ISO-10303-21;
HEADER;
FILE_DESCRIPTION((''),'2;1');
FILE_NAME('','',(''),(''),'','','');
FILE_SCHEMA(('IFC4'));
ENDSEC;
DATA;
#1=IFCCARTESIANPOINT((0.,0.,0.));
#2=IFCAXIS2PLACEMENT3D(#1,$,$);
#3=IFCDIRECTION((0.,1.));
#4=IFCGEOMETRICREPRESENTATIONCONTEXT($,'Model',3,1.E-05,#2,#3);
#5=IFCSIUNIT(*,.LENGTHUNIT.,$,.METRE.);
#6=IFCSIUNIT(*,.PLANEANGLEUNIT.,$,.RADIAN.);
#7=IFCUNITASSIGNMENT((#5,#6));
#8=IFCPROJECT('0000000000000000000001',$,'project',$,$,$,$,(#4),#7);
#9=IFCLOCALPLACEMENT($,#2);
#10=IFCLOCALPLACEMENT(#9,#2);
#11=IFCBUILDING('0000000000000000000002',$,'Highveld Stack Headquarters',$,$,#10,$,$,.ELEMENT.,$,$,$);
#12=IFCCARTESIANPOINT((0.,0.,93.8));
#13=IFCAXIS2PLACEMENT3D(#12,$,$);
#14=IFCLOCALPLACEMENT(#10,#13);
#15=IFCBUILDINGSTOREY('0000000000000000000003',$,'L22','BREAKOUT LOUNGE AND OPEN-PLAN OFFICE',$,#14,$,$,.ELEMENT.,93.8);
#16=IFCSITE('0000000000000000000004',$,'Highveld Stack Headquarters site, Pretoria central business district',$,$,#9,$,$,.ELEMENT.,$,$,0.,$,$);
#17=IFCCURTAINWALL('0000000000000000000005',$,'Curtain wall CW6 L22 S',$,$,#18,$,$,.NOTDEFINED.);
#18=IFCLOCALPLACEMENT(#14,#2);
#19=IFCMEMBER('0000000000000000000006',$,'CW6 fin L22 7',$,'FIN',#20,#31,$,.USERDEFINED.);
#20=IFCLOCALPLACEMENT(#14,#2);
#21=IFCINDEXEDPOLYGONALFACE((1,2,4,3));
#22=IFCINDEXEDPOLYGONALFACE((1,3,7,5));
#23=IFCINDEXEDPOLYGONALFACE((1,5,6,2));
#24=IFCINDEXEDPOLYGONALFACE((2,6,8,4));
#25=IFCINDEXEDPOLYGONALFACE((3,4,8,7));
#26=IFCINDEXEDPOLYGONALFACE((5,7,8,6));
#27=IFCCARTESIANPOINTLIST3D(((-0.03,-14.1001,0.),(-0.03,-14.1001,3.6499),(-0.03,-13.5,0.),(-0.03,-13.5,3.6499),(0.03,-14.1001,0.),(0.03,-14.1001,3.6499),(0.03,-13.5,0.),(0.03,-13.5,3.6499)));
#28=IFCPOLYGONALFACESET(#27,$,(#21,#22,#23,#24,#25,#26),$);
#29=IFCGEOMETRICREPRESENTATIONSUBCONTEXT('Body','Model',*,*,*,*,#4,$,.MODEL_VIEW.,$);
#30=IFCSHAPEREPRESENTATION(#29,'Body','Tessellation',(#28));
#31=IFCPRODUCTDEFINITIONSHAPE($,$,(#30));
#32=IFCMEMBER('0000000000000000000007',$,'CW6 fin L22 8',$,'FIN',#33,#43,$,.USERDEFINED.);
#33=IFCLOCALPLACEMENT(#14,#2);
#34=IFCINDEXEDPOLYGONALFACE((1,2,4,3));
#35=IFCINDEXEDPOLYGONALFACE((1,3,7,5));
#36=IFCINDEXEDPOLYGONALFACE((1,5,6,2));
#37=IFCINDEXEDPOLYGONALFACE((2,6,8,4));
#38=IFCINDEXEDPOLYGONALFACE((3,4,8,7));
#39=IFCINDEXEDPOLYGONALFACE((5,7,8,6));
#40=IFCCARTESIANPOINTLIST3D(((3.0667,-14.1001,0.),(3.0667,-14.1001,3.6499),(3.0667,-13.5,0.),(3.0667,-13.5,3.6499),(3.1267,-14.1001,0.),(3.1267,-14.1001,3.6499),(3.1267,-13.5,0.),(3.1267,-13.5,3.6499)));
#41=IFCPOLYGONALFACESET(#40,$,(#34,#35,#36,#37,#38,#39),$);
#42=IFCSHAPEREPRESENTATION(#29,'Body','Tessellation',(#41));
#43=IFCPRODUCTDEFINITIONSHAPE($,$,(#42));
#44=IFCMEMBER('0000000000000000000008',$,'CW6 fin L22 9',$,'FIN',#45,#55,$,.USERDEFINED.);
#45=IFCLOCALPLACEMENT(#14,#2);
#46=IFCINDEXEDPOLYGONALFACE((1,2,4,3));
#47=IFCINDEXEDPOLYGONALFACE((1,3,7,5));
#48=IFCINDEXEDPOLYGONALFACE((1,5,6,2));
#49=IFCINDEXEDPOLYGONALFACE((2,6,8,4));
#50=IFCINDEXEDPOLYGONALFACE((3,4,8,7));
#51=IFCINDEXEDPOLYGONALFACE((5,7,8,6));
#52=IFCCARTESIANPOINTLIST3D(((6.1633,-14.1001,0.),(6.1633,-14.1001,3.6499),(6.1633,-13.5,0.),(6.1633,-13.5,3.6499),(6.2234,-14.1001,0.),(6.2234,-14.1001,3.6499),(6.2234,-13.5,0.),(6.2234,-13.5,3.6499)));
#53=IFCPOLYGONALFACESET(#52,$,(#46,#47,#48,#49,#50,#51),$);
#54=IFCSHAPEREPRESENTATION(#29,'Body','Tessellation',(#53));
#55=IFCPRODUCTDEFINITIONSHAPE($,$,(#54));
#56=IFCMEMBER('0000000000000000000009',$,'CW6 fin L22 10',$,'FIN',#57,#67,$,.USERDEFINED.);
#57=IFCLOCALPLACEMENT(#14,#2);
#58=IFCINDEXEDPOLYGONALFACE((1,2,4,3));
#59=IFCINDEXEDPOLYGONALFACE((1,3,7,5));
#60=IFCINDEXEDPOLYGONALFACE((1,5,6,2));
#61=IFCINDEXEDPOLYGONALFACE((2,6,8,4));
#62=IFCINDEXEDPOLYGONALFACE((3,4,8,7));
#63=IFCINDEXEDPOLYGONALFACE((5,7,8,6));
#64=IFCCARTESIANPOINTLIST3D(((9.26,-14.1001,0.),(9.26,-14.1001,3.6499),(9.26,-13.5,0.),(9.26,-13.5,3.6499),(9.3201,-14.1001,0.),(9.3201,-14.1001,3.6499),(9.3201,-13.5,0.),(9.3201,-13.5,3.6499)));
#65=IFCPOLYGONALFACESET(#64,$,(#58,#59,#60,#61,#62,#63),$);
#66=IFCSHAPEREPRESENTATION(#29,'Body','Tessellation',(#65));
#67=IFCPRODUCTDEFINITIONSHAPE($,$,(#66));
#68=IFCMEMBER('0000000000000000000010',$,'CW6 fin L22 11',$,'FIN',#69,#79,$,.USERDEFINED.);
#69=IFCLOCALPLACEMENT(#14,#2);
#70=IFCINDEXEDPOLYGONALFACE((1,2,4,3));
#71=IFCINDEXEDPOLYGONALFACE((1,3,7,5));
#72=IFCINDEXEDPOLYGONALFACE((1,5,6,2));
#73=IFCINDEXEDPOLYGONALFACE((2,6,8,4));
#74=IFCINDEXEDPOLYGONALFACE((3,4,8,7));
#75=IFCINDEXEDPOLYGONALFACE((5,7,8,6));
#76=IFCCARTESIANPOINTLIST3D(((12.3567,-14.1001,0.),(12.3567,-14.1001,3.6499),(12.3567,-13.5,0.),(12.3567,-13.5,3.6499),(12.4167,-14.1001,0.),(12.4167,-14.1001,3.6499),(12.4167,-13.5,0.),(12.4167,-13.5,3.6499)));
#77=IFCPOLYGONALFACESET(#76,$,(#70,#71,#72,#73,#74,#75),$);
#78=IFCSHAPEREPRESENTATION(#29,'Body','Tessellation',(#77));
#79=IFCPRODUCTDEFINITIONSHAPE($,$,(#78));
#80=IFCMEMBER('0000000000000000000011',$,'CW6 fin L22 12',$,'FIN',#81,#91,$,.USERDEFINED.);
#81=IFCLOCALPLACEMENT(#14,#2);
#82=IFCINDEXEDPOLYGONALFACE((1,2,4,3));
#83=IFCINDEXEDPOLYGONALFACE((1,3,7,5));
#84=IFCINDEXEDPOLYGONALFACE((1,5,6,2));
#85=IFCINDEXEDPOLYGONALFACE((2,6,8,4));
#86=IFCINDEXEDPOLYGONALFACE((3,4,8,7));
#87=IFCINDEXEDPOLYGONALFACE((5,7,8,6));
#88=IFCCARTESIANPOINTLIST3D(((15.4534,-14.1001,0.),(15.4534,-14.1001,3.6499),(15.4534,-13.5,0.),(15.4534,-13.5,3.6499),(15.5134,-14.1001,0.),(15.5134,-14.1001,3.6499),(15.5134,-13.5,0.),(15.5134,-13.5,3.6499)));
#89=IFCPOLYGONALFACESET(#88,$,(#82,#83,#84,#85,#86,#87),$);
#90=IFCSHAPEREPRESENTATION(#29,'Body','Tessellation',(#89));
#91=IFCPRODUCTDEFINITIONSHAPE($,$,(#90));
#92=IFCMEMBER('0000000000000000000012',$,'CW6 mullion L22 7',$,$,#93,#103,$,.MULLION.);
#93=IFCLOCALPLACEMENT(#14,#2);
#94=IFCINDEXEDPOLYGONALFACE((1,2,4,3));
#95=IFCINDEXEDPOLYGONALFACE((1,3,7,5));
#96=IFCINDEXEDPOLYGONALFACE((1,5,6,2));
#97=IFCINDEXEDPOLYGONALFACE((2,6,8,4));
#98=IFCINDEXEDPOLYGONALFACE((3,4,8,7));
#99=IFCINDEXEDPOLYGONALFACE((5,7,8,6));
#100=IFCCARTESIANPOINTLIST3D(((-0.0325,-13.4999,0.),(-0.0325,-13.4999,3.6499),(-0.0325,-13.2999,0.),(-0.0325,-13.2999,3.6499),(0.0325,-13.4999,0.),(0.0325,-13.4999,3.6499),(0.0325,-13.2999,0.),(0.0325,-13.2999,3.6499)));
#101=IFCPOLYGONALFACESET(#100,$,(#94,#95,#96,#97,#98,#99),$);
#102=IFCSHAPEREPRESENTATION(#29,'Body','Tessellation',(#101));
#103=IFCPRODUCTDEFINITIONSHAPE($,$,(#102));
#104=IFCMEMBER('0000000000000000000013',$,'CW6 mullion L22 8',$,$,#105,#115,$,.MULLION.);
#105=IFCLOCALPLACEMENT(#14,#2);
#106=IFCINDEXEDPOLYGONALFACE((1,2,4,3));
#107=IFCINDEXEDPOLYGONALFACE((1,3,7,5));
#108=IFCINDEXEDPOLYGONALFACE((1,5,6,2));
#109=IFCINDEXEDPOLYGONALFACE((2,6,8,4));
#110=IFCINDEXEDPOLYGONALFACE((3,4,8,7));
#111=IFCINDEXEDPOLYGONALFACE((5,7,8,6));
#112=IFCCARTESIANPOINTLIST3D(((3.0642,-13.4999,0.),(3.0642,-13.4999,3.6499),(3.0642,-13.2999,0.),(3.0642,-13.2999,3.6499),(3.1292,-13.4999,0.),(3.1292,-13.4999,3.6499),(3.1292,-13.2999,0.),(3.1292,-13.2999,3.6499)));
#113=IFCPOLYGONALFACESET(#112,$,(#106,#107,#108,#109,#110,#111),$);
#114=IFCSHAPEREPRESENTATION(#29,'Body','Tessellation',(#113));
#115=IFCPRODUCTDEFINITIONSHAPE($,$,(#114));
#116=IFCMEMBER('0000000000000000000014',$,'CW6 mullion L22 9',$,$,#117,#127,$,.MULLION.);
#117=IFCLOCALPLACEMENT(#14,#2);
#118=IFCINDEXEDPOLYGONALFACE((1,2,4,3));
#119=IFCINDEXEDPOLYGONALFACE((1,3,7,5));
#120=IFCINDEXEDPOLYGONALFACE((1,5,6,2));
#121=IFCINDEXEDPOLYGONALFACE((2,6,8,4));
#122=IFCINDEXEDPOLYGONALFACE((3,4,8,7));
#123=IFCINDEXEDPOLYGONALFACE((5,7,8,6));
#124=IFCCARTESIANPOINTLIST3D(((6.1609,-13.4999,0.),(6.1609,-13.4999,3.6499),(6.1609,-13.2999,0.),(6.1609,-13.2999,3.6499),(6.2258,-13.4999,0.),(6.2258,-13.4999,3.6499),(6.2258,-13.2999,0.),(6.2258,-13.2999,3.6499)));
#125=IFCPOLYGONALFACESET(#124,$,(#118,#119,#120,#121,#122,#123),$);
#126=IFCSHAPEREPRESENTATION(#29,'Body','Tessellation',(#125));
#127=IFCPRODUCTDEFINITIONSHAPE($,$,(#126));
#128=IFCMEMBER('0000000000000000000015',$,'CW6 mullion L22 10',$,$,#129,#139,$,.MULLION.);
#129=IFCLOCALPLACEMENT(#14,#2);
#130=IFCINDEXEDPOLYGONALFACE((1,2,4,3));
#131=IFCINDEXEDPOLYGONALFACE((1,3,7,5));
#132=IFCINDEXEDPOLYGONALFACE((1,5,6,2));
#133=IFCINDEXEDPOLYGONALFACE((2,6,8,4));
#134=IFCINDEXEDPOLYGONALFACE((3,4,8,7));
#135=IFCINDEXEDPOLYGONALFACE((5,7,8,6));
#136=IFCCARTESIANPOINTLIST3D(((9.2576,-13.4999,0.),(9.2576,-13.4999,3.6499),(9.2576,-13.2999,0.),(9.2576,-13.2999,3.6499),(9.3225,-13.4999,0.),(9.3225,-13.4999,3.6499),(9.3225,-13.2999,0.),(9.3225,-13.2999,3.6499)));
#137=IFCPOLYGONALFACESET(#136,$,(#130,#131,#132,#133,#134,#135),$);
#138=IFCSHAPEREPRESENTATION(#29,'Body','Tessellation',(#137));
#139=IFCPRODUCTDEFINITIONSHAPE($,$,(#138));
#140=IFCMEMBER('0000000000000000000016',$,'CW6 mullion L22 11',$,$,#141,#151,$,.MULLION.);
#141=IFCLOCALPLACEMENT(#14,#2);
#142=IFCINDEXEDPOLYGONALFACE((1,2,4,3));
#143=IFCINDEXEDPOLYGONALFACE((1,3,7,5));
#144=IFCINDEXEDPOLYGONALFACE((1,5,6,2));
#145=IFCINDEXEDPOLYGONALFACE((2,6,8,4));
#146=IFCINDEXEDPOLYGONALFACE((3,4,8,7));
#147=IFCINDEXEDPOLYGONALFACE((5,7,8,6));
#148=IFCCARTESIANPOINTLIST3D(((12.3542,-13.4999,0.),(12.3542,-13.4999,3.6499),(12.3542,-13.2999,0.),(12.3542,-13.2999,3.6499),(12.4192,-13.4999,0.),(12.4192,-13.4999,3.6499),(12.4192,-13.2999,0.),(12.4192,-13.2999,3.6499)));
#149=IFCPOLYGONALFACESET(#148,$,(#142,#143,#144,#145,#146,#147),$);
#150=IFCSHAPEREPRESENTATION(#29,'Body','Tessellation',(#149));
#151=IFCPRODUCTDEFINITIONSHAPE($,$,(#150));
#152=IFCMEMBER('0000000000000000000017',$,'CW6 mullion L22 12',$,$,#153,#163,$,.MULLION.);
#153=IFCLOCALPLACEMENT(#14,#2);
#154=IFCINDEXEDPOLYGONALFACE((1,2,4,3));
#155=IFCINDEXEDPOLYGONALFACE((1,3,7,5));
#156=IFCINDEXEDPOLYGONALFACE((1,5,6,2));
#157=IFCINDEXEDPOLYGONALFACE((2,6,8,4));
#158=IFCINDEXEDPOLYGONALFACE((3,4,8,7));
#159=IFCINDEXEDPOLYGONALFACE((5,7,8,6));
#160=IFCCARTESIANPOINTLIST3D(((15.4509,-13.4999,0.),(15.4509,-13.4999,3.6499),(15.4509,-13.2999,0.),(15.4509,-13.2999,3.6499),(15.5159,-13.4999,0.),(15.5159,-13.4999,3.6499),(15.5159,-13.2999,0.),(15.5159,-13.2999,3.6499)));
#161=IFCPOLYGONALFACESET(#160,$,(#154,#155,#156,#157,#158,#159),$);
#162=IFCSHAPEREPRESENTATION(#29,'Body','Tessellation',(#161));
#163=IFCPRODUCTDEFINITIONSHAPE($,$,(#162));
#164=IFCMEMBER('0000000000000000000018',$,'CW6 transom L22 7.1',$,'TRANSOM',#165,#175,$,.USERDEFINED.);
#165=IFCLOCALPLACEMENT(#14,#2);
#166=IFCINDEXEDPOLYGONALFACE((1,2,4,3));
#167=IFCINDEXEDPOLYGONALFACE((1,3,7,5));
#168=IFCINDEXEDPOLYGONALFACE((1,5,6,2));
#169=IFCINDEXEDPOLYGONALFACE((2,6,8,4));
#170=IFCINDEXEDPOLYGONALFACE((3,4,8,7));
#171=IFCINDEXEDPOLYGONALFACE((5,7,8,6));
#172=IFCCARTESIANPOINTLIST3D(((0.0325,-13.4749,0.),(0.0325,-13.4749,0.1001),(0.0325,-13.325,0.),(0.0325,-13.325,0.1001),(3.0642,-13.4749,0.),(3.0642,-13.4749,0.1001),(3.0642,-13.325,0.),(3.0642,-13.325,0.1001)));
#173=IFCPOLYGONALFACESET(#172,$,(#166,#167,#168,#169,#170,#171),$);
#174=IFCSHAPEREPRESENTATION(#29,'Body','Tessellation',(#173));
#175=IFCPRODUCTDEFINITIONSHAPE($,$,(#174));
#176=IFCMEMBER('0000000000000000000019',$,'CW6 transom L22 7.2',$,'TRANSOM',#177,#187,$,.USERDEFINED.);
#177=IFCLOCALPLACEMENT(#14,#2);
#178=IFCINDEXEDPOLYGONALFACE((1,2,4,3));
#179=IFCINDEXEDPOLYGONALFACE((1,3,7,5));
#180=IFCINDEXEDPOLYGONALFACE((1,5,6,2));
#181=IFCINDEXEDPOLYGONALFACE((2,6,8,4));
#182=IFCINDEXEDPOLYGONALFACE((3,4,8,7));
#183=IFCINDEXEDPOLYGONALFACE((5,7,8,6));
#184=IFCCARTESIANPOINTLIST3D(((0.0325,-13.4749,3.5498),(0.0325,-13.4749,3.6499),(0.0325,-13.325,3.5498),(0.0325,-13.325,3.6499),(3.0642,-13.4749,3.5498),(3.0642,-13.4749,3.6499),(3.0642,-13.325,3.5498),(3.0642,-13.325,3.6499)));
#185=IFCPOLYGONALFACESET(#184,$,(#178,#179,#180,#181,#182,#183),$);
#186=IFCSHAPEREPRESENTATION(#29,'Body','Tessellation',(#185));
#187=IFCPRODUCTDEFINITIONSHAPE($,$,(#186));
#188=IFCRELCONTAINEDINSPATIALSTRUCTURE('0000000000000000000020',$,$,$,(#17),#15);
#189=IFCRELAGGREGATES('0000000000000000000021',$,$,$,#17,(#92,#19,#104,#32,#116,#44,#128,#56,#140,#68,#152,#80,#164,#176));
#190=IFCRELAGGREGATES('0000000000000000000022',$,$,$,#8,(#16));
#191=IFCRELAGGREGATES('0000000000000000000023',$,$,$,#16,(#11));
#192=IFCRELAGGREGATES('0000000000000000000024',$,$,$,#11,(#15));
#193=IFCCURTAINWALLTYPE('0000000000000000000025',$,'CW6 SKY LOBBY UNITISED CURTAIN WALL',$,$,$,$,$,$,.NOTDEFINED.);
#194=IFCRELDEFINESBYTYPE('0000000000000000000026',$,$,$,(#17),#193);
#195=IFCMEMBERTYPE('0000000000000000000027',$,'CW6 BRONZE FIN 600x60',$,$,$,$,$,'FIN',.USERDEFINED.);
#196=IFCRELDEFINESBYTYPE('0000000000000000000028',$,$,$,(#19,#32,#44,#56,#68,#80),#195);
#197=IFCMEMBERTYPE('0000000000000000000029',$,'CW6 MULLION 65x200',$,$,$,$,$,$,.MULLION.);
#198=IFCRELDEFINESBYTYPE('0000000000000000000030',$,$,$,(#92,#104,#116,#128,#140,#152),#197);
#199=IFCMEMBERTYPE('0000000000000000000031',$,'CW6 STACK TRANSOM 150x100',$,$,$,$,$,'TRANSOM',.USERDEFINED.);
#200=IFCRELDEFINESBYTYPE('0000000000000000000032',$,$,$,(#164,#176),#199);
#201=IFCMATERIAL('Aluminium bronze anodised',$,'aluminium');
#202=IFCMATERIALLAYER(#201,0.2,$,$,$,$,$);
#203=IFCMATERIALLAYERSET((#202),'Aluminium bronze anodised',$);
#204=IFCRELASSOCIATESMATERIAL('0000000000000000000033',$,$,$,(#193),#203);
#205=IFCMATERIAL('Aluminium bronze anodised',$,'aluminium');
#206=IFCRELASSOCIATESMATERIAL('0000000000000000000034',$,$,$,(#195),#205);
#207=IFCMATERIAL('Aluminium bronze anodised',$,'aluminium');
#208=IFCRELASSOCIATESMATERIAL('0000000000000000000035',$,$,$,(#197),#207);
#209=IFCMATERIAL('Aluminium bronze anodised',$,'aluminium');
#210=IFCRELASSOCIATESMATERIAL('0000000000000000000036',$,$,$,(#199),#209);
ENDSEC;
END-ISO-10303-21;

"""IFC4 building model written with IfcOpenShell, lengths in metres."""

from ifc_helpers import new_model, si_unit, direction, frame, origin, origin_2d, place, context, subcontext, project, spatial, rectangle, extrude, material, layer, layer_set, material_profile, profile_set, type_object, element, aggregate, save


model = new_model("IFC4")

# Units and contexts
model_context = context("Model", 3, precision=1e-05, world=origin(), true_north=direction((0.0, 1.0)))
body_context = subcontext(model_context, "Body", "Model", "MODEL_VIEW")
ifc_project = project(units=[si_unit("LENGTHUNIT", "METRE"), si_unit("PLANEANGLEUNIT", "RADIAN")], contexts=[model_context])

# Site, building, storey
site_placement = place(None, origin())
site = spatial("IfcSite", under=ifc_project, at=site_placement, Name="Highveld Stack Headquarters site, Pretoria central business district", CompositionType="ELEMENT", RefElevation=0.0)
building_placement = place(site_placement, origin())
building = spatial("IfcBuilding", under=site, at=building_placement, Name="Highveld Stack Headquarters", CompositionType="ELEMENT")
storey_placement = place(building_placement, frame((0.0, 0.0, 93.8)))
storey = spatial("IfcBuildingStorey", under=building, at=storey_placement, Name="L22", Description="BREAKOUT LOUNGE AND OPEN-PLAN OFFICE", CompositionType="ELEMENT", Elevation=93.8)

# Curtain wall, members
ifc_material_1 = material(Name="Aluminium bronze anodised", Category="aluminium")
ifc_layer_1 = layer(ifc_material_1, 0.2)
ifc_layer_set_1 = layer_set([ifc_layer_1], Name="Aluminium bronze anodised")
curtain_wall_type = type_object("IfcCurtainWallType", Name="CW6 SKY LOBBY UNITISED CURTAIN WALL", PredefinedType="NOTDEFINED", material=ifc_layer_set_1)
curtain_wall_placement = place(storey_placement, origin())
curtain_wall = element("IfcCurtainWall", 1, at=curtain_wall_placement, inside=storey, type_object=curtain_wall_type, Name="Curtain wall CW6 L22 S", PredefinedType="NOTDEFINED")
ifc_material_2 = material(Name="Aluminium bronze anodised", Category="aluminium")
ifc_material_profile_1 = material_profile(ifc_material_2, rectangle(XDim=0.6001, YDim=0.0601, at=origin_2d()), Name="FIN 600x60")
ifc_profile_set_1 = profile_set([ifc_material_profile_1], Name="Aluminium bronze anodised")
member_type_1 = type_object("IfcMemberType", Name="CW6 BRONZE FIN 600x60", ElementType="FIN", PredefinedType="USERDEFINED", material=ifc_profile_set_1)
member_1_placement = place(storey_placement, frame((0.0, -13.8, 0.0), z_axis=(0.0, 0.0, 1.0), x_axis=(0.0, 1.0, 0.0)))
member_1 = element("IfcMember", 2, at=member_1_placement, type_object=member_type_1, Name="CW6 fin L22 7", ObjectType="FIN", PredefinedType="USERDEFINED", context=body_context, shape_type="SweptSolid", body=[
    extrude(rectangle(XDim=0.6001, YDim=0.0601, at=origin_2d()), origin(), (0.0, 0.0, 1.0), 3.6499),
])
member_2_placement = place(storey_placement, frame((3.0967, -13.8, 0.0), z_axis=(0.0, 0.0, 1.0), x_axis=(0.0, 1.0, 0.0)))
member_2 = element("IfcMember", 3, at=member_2_placement, type_object=member_type_1, Name="CW6 fin L22 8", ObjectType="FIN", PredefinedType="USERDEFINED", context=body_context, shape_type="SweptSolid", body=[
    extrude(rectangle(XDim=0.6001, YDim=0.0601, at=origin_2d()), origin(), (0.0, 0.0, 1.0), 3.6499),
])
member_3_placement = place(storey_placement, frame((6.1934, -13.8, 0.0), z_axis=(0.0, 0.0, 1.0), x_axis=(0.0, 1.0, 0.0)))
member_3 = element("IfcMember", 4, at=member_3_placement, type_object=member_type_1, Name="CW6 fin L22 9", ObjectType="FIN", PredefinedType="USERDEFINED", context=body_context, shape_type="SweptSolid", body=[
    extrude(rectangle(XDim=0.6001, YDim=0.0601, at=origin_2d()), origin(), (0.0, 0.0, 1.0), 3.6499),
])
member_4_placement = place(storey_placement, frame((9.29, -13.8, 0.0), z_axis=(0.0, 0.0, 1.0), x_axis=(0.0, 1.0, 0.0)))
member_4 = element("IfcMember", 5, at=member_4_placement, type_object=member_type_1, Name="CW6 fin L22 10", ObjectType="FIN", PredefinedType="USERDEFINED", context=body_context, shape_type="SweptSolid", body=[
    extrude(rectangle(XDim=0.6001, YDim=0.0601, at=origin_2d()), origin(), (0.0, 0.0, 1.0), 3.6499),
])
member_5_placement = place(storey_placement, frame((12.3867, -13.8, 0.0), z_axis=(0.0, 0.0, 1.0), x_axis=(0.0, 1.0, 0.0)))
member_5 = element("IfcMember", 6, at=member_5_placement, type_object=member_type_1, Name="CW6 fin L22 11", ObjectType="FIN", PredefinedType="USERDEFINED", context=body_context, shape_type="SweptSolid", body=[
    extrude(rectangle(XDim=0.6001, YDim=0.0601, at=origin_2d()), origin(), (0.0, 0.0, 1.0), 3.6499),
])
member_6_placement = place(storey_placement, frame((15.4834, -13.8, 0.0), z_axis=(0.0, 0.0, 1.0), x_axis=(0.0, 1.0, 0.0)))
member_6 = element("IfcMember", 7, at=member_6_placement, type_object=member_type_1, Name="CW6 fin L22 12", ObjectType="FIN", PredefinedType="USERDEFINED", context=body_context, shape_type="SweptSolid", body=[
    extrude(rectangle(XDim=0.6001, YDim=0.0601, at=origin_2d()), origin(), (0.0, 0.0, 1.0), 3.6499),
])
ifc_material_3 = material(Name="Aluminium bronze anodised", Category="aluminium")
ifc_material_profile_2 = material_profile(ifc_material_3, rectangle(XDim=0.2, YDim=0.0649, at=origin_2d()), Name="CW6 MULLION 65x200")
ifc_profile_set_2 = profile_set([ifc_material_profile_2], Name="Aluminium bronze anodised")
member_type_2 = type_object("IfcMemberType", Name="CW6 MULLION 65x200", PredefinedType="MULLION", material=ifc_profile_set_2)
member_7_placement = place(storey_placement, frame((0.0, -13.3999, 0.0), z_axis=(0.0, 0.0, 1.0), x_axis=(0.0, 1.0, 0.0)))
member_7 = element("IfcMember", 8, at=member_7_placement, type_object=member_type_2, Name="CW6 mullion L22 7", PredefinedType="MULLION", context=body_context, shape_type="SweptSolid", body=[
    extrude(rectangle(XDim=0.2, YDim=0.0649, at=origin_2d()), origin(), (0.0, 0.0, 1.0), 3.6499),
])
member_8_placement = place(storey_placement, frame((3.0967, -13.3999, 0.0), z_axis=(0.0, 0.0, 1.0), x_axis=(0.0, 1.0, 0.0)))
member_8 = element("IfcMember", 9, at=member_8_placement, type_object=member_type_2, Name="CW6 mullion L22 8", PredefinedType="MULLION", context=body_context, shape_type="SweptSolid", body=[
    extrude(rectangle(XDim=0.2, YDim=0.0649, at=origin_2d()), origin(), (0.0, 0.0, 1.0), 3.6499),
])
member_9_placement = place(storey_placement, frame((6.1934, -13.3999, 0.0), z_axis=(0.0, 0.0, 1.0), x_axis=(0.0, 1.0, 0.0)))
member_9 = element("IfcMember", 10, at=member_9_placement, type_object=member_type_2, Name="CW6 mullion L22 9", PredefinedType="MULLION", context=body_context, shape_type="SweptSolid", body=[
    extrude(rectangle(XDim=0.2, YDim=0.0649, at=origin_2d()), origin(), (0.0, 0.0, 1.0), 3.6499),
])
member_10_placement = place(storey_placement, frame((9.29, -13.3999, 0.0), z_axis=(0.0, 0.0, 1.0), x_axis=(0.0, 1.0, 0.0)))
member_10 = element("IfcMember", 11, at=member_10_placement, type_object=member_type_2, Name="CW6 mullion L22 10", PredefinedType="MULLION", context=body_context, shape_type="SweptSolid", body=[
    extrude(rectangle(XDim=0.2, YDim=0.0649, at=origin_2d()), origin(), (0.0, 0.0, 1.0), 3.6499),
])
member_11_placement = place(storey_placement, frame((12.3867, -13.3999, 0.0), z_axis=(0.0, 0.0, 1.0), x_axis=(0.0, 1.0, 0.0)))
member_11 = element("IfcMember", 12, at=member_11_placement, type_object=member_type_2, Name="CW6 mullion L22 11", PredefinedType="MULLION", context=body_context, shape_type="SweptSolid", body=[
    extrude(rectangle(XDim=0.2, YDim=0.0649, at=origin_2d()), origin(), (0.0, 0.0, 1.0), 3.6499),
])
member_12_placement = place(storey_placement, frame((15.4834, -13.3999, 0.0), z_axis=(0.0, 0.0, 1.0), x_axis=(0.0, 1.0, 0.0)))
member_12 = element("IfcMember", 13, at=member_12_placement, type_object=member_type_2, Name="CW6 mullion L22 12", PredefinedType="MULLION", context=body_context, shape_type="SweptSolid", body=[
    extrude(rectangle(XDim=0.2, YDim=0.0649, at=origin_2d()), origin(), (0.0, 0.0, 1.0), 3.6499),
])
ifc_material_4 = material(Name="Aluminium bronze anodised", Category="aluminium")
ifc_material_profile_3 = material_profile(ifc_material_4, rectangle(XDim=0.1499, YDim=0.1001, at=origin_2d()), Name="CW6 TRANSOM 150x100")
ifc_profile_set_3 = profile_set([ifc_material_profile_3], Name="Aluminium bronze anodised")
member_type_3 = type_object("IfcMemberType", Name="CW6 STACK TRANSOM 150x100", ElementType="TRANSOM", PredefinedType="USERDEFINED", material=ifc_profile_set_3)
member_13_placement = place(storey_placement, frame((0.0325, -13.3999, 0.05), z_axis=(1.0, 0.0, 0.0), x_axis=(0.0, 1.0, 0.0)))
member_13 = element("IfcMember", 14, at=member_13_placement, type_object=member_type_3, Name="CW6 transom L22 7.1", ObjectType="TRANSOM", PredefinedType="USERDEFINED", context=body_context, shape_type="SweptSolid", body=[
    extrude(rectangle(XDim=0.1499, YDim=0.1001, at=origin_2d()), origin(), (0.0, 0.0, 1.0), 3.0317),
])
member_14_placement = place(storey_placement, frame((0.0325, -13.3999, 3.5999), z_axis=(1.0, 0.0, 0.0), x_axis=(0.0, 1.0, 0.0)))
member_14 = element("IfcMember", 15, at=member_14_placement, type_object=member_type_3, Name="CW6 transom L22 7.2", ObjectType="TRANSOM", PredefinedType="USERDEFINED", context=body_context, shape_type="SweptSolid", body=[
    extrude(rectangle(XDim=0.1499, YDim=0.1001, at=origin_2d()), origin(), (0.0, 0.0, 1.0), 3.0317),
])
aggregate(curtain_wall, [member_7, member_1, member_8, member_2, member_9, member_3, member_10, member_4, member_11, member_5, member_12, member_6, member_13, member_14])

save(model, "model.ifc")
